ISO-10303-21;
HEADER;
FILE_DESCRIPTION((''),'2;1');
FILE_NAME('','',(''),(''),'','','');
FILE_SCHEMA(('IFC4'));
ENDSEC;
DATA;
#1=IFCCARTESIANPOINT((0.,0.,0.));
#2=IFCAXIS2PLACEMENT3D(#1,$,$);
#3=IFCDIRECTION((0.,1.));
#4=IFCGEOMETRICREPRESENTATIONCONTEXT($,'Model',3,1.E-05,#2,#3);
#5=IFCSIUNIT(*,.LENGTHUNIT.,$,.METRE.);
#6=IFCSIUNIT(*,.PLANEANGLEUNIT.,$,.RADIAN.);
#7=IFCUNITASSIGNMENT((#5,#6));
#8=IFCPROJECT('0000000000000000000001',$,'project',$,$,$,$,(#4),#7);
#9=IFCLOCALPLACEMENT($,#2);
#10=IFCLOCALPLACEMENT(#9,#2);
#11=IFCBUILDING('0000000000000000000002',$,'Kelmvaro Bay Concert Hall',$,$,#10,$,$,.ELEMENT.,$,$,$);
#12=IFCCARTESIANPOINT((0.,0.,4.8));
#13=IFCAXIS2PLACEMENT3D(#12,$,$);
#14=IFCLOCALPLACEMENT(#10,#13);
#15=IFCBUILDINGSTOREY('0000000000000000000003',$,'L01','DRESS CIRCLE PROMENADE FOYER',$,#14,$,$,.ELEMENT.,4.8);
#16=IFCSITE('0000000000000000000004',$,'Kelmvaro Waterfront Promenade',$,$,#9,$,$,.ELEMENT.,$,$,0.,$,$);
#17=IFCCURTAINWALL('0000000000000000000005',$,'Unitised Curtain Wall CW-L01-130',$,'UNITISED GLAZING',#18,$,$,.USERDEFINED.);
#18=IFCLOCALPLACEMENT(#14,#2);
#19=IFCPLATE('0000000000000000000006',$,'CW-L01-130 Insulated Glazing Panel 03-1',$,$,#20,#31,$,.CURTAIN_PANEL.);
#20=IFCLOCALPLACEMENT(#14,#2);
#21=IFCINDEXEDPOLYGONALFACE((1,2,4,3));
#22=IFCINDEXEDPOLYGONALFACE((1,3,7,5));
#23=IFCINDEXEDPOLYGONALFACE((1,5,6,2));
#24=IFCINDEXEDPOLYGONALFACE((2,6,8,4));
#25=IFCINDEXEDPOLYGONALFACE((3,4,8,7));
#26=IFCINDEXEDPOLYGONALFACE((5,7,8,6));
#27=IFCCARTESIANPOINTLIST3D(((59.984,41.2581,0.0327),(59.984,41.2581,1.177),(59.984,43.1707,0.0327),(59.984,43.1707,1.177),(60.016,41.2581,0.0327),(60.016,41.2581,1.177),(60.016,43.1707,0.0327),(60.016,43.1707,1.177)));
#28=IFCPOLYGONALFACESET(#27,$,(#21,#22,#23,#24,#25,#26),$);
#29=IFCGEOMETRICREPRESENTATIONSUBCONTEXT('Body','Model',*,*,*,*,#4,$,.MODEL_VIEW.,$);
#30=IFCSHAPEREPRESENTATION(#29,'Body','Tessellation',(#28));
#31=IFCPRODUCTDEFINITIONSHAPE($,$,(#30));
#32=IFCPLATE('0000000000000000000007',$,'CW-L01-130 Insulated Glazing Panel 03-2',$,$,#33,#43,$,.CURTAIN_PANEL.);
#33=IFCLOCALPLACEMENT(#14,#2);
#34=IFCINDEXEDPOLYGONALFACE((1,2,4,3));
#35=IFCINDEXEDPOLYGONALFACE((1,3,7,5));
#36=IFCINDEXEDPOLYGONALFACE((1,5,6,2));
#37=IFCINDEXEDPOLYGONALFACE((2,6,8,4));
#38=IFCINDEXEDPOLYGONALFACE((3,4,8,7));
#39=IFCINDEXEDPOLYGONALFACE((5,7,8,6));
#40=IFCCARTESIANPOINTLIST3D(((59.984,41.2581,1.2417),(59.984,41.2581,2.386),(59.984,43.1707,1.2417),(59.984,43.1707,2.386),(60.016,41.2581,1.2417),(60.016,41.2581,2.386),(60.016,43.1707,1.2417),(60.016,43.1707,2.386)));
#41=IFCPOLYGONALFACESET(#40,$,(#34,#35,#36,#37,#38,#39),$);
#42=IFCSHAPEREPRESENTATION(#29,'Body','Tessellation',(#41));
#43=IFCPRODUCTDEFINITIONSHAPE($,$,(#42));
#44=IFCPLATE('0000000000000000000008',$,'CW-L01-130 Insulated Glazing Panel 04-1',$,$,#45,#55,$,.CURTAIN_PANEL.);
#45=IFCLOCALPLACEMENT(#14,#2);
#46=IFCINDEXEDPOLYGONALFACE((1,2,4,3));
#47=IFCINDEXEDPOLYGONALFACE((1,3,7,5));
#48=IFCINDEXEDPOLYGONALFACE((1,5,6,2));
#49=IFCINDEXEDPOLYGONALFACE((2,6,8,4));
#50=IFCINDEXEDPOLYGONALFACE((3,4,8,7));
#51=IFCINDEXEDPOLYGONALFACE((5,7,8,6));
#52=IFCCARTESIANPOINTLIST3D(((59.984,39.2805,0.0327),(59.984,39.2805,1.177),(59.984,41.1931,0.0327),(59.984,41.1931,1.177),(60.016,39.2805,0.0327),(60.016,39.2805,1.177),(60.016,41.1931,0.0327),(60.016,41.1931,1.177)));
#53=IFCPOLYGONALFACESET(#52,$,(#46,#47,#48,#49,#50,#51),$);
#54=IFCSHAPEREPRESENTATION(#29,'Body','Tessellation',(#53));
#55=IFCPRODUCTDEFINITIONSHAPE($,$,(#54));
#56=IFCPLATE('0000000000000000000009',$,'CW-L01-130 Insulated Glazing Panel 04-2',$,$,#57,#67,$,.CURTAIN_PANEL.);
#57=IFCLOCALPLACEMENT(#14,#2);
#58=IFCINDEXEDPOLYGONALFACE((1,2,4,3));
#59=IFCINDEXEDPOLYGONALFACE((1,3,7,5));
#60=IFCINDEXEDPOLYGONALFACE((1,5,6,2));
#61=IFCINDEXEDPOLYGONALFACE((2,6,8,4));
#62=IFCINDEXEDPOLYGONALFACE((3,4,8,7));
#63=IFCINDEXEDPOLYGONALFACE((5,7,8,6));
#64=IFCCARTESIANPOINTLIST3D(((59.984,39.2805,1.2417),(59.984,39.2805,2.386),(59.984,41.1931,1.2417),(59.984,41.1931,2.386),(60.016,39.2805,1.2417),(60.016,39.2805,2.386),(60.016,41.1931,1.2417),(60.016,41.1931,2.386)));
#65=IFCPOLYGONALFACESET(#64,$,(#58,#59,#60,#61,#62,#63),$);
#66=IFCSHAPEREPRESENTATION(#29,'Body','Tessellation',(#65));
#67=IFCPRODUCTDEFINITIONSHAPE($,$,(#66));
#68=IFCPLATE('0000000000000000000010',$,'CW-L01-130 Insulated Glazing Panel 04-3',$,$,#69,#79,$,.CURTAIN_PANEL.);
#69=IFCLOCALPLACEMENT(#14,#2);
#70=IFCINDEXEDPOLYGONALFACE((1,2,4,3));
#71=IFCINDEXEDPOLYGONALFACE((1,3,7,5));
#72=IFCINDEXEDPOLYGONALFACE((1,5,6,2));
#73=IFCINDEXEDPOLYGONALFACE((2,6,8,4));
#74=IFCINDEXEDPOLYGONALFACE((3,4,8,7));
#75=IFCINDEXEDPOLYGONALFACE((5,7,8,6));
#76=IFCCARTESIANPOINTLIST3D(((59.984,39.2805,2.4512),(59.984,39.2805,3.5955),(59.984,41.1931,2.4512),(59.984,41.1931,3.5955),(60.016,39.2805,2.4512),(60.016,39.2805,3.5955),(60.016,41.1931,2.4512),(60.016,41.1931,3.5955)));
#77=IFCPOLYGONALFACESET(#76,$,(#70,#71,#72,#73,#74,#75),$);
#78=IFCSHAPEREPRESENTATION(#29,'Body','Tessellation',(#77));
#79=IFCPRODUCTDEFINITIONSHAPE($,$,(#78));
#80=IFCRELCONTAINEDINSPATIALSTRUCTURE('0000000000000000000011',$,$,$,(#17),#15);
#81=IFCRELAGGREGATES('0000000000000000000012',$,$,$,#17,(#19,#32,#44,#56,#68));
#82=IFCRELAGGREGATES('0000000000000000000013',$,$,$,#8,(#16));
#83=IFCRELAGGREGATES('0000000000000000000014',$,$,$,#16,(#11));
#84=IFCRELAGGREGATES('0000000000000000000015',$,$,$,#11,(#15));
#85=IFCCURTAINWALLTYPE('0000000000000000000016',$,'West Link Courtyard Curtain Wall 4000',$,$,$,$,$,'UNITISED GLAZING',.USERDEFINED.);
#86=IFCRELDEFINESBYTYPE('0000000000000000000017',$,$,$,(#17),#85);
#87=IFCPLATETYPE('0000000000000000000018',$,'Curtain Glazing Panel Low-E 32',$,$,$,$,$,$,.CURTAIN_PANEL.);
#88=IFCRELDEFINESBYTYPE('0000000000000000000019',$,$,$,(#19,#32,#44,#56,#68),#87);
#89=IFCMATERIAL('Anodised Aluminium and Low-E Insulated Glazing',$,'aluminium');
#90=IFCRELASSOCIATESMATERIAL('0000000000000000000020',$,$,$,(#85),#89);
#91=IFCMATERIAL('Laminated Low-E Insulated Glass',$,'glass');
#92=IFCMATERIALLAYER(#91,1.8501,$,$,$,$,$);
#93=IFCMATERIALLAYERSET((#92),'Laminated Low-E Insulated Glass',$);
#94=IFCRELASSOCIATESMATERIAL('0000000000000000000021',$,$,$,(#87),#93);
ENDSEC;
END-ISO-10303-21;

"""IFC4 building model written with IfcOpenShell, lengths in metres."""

from ifc_helpers import new_model, si_unit, direction, frame, origin, origin_2d, place, context, subcontext, project, spatial, rectangle, extrude, material, layer, layer_set, type_object, element, aggregate, save


model = new_model("IFC4")

# Units and contexts
model_context = context("Model", 3, precision=1e-05, world=origin(), true_north=direction((0.0, 1.0)))
body_context = subcontext(model_context, "Body", "Model", "MODEL_VIEW")
ifc_project = project(units=[si_unit("LENGTHUNIT", "METRE"), si_unit("PLANEANGLEUNIT", "RADIAN")], contexts=[model_context])

# Site, building, storey
site_placement = place(None, origin())
site = spatial("IfcSite", under=ifc_project, at=site_placement, Name="Kelmvaro Waterfront Promenade", CompositionType="ELEMENT", RefElevation=0.0)
building_placement = place(site_placement, origin())
building = spatial("IfcBuilding", under=site, at=building_placement, Name="Kelmvaro Bay Concert Hall", CompositionType="ELEMENT")
storey_placement = place(building_placement, frame((0.0, 0.0, 4.8)))
storey = spatial("IfcBuildingStorey", under=building, at=storey_placement, Name="L01", Description="DRESS CIRCLE PROMENADE FOYER", CompositionType="ELEMENT", Elevation=4.8)

# Curtain wall
ifc_material_1 = material(Name="Anodised Aluminium and Low-E Insulated Glazing", Category="aluminium")
curtain_wall_type_1 = type_object("IfcCurtainWallType", Name="West Link Courtyard Curtain Wall 4000", ElementType="UNITISED GLAZING", PredefinedType="USERDEFINED", material=ifc_material_1)
curtain_wall_1_placement = place(storey_placement, origin())
curtain_wall_1 = element("IfcCurtainWall", 1, at=curtain_wall_1_placement, inside=storey, type_object=curtain_wall_type_1, Name="Unitised Curtain Wall CW-L01-130", ObjectType="UNITISED GLAZING", PredefinedType="USERDEFINED")

# Plates
ifc_material_2 = material(Name="Laminated Low-E Insulated Glass", Category="glass")
ifc_layer_1 = layer(ifc_material_2, 1.8501)
ifc_layer_set_1 = layer_set([ifc_layer_1], Name="Laminated Low-E Insulated Glass")
plate_type_1 = type_object("IfcPlateType", Name="Curtain Glazing Panel Low-E 32", PredefinedType="CURTAIN_PANEL", material=ifc_layer_set_1)
plate_1_placement = place(storey_placement, frame((60.0, 42.2144, 0.0327), z_axis=(0.0, 0.0, 1.0), x_axis=(0.0, -1.0, 0.0)))
plate_1 = element("IfcPlate", 2, at=plate_1_placement, type_object=plate_type_1, Name="CW-L01-130 Insulated Glazing Panel 03-1", PredefinedType="CURTAIN_PANEL", context=body_context, shape_type="SweptSolid", body=[
    extrude(rectangle(XDim=1.9126, YDim=0.032, at=origin_2d()), origin(), (0.0, 0.0, 1.0), 1.1443),
])
plate_2_placement = place(storey_placement, frame((60.0, 42.2144, 1.2417), z_axis=(0.0, 0.0, 1.0), x_axis=(0.0, -1.0, 0.0)))
plate_2 = element("IfcPlate", 3, at=plate_2_placement, type_object=plate_type_1, Name="CW-L01-130 Insulated Glazing Panel 03-2", PredefinedType="CURTAIN_PANEL", context=body_context, shape_type="SweptSolid", body=[
    extrude(rectangle(XDim=1.9126, YDim=0.032, at=origin_2d()), origin(), (0.0, 0.0, 1.0), 1.1443),
])
plate_3_placement = place(storey_placement, frame((60.0, 40.2368, 0.0327), z_axis=(0.0, 0.0, 1.0), x_axis=(0.0, -1.0, 0.0)))
plate_3 = element("IfcPlate", 4, at=plate_3_placement, type_object=plate_type_1, Name="CW-L01-130 Insulated Glazing Panel 04-1", PredefinedType="CURTAIN_PANEL", context=body_context, shape_type="SweptSolid", body=[
    extrude(rectangle(XDim=1.9126, YDim=0.032, at=origin_2d()), origin(), (0.0, 0.0, 1.0), 1.1443),
])
plate_4_placement = place(storey_placement, frame((60.0, 40.2368, 1.2417), z_axis=(0.0, 0.0, 1.0), x_axis=(0.0, -1.0, 0.0)))
plate_4 = element("IfcPlate", 5, at=plate_4_placement, type_object=plate_type_1, Name="CW-L01-130 Insulated Glazing Panel 04-2", PredefinedType="CURTAIN_PANEL", context=body_context, shape_type="SweptSolid", body=[
    extrude(rectangle(XDim=1.9126, YDim=0.032, at=origin_2d()), origin(), (0.0, 0.0, 1.0), 1.1443),
])
plate_5_placement = place(storey_placement, frame((60.0, 40.2368, 2.4512), z_axis=(0.0, 0.0, 1.0), x_axis=(0.0, -1.0, 0.0)))
plate_5 = element("IfcPlate", 6, at=plate_5_placement, type_object=plate_type_1, Name="CW-L01-130 Insulated Glazing Panel 04-3", PredefinedType="CURTAIN_PANEL", context=body_context, shape_type="SweptSolid", body=[
    extrude(rectangle(XDim=1.9126, YDim=0.032, at=origin_2d()), origin(), (0.0, 0.0, 1.0), 1.1443),
])
aggregate(curtain_wall_1, [plate_1, plate_2, plate_3, plate_4, plate_5])

save(model, "model.ifc")
